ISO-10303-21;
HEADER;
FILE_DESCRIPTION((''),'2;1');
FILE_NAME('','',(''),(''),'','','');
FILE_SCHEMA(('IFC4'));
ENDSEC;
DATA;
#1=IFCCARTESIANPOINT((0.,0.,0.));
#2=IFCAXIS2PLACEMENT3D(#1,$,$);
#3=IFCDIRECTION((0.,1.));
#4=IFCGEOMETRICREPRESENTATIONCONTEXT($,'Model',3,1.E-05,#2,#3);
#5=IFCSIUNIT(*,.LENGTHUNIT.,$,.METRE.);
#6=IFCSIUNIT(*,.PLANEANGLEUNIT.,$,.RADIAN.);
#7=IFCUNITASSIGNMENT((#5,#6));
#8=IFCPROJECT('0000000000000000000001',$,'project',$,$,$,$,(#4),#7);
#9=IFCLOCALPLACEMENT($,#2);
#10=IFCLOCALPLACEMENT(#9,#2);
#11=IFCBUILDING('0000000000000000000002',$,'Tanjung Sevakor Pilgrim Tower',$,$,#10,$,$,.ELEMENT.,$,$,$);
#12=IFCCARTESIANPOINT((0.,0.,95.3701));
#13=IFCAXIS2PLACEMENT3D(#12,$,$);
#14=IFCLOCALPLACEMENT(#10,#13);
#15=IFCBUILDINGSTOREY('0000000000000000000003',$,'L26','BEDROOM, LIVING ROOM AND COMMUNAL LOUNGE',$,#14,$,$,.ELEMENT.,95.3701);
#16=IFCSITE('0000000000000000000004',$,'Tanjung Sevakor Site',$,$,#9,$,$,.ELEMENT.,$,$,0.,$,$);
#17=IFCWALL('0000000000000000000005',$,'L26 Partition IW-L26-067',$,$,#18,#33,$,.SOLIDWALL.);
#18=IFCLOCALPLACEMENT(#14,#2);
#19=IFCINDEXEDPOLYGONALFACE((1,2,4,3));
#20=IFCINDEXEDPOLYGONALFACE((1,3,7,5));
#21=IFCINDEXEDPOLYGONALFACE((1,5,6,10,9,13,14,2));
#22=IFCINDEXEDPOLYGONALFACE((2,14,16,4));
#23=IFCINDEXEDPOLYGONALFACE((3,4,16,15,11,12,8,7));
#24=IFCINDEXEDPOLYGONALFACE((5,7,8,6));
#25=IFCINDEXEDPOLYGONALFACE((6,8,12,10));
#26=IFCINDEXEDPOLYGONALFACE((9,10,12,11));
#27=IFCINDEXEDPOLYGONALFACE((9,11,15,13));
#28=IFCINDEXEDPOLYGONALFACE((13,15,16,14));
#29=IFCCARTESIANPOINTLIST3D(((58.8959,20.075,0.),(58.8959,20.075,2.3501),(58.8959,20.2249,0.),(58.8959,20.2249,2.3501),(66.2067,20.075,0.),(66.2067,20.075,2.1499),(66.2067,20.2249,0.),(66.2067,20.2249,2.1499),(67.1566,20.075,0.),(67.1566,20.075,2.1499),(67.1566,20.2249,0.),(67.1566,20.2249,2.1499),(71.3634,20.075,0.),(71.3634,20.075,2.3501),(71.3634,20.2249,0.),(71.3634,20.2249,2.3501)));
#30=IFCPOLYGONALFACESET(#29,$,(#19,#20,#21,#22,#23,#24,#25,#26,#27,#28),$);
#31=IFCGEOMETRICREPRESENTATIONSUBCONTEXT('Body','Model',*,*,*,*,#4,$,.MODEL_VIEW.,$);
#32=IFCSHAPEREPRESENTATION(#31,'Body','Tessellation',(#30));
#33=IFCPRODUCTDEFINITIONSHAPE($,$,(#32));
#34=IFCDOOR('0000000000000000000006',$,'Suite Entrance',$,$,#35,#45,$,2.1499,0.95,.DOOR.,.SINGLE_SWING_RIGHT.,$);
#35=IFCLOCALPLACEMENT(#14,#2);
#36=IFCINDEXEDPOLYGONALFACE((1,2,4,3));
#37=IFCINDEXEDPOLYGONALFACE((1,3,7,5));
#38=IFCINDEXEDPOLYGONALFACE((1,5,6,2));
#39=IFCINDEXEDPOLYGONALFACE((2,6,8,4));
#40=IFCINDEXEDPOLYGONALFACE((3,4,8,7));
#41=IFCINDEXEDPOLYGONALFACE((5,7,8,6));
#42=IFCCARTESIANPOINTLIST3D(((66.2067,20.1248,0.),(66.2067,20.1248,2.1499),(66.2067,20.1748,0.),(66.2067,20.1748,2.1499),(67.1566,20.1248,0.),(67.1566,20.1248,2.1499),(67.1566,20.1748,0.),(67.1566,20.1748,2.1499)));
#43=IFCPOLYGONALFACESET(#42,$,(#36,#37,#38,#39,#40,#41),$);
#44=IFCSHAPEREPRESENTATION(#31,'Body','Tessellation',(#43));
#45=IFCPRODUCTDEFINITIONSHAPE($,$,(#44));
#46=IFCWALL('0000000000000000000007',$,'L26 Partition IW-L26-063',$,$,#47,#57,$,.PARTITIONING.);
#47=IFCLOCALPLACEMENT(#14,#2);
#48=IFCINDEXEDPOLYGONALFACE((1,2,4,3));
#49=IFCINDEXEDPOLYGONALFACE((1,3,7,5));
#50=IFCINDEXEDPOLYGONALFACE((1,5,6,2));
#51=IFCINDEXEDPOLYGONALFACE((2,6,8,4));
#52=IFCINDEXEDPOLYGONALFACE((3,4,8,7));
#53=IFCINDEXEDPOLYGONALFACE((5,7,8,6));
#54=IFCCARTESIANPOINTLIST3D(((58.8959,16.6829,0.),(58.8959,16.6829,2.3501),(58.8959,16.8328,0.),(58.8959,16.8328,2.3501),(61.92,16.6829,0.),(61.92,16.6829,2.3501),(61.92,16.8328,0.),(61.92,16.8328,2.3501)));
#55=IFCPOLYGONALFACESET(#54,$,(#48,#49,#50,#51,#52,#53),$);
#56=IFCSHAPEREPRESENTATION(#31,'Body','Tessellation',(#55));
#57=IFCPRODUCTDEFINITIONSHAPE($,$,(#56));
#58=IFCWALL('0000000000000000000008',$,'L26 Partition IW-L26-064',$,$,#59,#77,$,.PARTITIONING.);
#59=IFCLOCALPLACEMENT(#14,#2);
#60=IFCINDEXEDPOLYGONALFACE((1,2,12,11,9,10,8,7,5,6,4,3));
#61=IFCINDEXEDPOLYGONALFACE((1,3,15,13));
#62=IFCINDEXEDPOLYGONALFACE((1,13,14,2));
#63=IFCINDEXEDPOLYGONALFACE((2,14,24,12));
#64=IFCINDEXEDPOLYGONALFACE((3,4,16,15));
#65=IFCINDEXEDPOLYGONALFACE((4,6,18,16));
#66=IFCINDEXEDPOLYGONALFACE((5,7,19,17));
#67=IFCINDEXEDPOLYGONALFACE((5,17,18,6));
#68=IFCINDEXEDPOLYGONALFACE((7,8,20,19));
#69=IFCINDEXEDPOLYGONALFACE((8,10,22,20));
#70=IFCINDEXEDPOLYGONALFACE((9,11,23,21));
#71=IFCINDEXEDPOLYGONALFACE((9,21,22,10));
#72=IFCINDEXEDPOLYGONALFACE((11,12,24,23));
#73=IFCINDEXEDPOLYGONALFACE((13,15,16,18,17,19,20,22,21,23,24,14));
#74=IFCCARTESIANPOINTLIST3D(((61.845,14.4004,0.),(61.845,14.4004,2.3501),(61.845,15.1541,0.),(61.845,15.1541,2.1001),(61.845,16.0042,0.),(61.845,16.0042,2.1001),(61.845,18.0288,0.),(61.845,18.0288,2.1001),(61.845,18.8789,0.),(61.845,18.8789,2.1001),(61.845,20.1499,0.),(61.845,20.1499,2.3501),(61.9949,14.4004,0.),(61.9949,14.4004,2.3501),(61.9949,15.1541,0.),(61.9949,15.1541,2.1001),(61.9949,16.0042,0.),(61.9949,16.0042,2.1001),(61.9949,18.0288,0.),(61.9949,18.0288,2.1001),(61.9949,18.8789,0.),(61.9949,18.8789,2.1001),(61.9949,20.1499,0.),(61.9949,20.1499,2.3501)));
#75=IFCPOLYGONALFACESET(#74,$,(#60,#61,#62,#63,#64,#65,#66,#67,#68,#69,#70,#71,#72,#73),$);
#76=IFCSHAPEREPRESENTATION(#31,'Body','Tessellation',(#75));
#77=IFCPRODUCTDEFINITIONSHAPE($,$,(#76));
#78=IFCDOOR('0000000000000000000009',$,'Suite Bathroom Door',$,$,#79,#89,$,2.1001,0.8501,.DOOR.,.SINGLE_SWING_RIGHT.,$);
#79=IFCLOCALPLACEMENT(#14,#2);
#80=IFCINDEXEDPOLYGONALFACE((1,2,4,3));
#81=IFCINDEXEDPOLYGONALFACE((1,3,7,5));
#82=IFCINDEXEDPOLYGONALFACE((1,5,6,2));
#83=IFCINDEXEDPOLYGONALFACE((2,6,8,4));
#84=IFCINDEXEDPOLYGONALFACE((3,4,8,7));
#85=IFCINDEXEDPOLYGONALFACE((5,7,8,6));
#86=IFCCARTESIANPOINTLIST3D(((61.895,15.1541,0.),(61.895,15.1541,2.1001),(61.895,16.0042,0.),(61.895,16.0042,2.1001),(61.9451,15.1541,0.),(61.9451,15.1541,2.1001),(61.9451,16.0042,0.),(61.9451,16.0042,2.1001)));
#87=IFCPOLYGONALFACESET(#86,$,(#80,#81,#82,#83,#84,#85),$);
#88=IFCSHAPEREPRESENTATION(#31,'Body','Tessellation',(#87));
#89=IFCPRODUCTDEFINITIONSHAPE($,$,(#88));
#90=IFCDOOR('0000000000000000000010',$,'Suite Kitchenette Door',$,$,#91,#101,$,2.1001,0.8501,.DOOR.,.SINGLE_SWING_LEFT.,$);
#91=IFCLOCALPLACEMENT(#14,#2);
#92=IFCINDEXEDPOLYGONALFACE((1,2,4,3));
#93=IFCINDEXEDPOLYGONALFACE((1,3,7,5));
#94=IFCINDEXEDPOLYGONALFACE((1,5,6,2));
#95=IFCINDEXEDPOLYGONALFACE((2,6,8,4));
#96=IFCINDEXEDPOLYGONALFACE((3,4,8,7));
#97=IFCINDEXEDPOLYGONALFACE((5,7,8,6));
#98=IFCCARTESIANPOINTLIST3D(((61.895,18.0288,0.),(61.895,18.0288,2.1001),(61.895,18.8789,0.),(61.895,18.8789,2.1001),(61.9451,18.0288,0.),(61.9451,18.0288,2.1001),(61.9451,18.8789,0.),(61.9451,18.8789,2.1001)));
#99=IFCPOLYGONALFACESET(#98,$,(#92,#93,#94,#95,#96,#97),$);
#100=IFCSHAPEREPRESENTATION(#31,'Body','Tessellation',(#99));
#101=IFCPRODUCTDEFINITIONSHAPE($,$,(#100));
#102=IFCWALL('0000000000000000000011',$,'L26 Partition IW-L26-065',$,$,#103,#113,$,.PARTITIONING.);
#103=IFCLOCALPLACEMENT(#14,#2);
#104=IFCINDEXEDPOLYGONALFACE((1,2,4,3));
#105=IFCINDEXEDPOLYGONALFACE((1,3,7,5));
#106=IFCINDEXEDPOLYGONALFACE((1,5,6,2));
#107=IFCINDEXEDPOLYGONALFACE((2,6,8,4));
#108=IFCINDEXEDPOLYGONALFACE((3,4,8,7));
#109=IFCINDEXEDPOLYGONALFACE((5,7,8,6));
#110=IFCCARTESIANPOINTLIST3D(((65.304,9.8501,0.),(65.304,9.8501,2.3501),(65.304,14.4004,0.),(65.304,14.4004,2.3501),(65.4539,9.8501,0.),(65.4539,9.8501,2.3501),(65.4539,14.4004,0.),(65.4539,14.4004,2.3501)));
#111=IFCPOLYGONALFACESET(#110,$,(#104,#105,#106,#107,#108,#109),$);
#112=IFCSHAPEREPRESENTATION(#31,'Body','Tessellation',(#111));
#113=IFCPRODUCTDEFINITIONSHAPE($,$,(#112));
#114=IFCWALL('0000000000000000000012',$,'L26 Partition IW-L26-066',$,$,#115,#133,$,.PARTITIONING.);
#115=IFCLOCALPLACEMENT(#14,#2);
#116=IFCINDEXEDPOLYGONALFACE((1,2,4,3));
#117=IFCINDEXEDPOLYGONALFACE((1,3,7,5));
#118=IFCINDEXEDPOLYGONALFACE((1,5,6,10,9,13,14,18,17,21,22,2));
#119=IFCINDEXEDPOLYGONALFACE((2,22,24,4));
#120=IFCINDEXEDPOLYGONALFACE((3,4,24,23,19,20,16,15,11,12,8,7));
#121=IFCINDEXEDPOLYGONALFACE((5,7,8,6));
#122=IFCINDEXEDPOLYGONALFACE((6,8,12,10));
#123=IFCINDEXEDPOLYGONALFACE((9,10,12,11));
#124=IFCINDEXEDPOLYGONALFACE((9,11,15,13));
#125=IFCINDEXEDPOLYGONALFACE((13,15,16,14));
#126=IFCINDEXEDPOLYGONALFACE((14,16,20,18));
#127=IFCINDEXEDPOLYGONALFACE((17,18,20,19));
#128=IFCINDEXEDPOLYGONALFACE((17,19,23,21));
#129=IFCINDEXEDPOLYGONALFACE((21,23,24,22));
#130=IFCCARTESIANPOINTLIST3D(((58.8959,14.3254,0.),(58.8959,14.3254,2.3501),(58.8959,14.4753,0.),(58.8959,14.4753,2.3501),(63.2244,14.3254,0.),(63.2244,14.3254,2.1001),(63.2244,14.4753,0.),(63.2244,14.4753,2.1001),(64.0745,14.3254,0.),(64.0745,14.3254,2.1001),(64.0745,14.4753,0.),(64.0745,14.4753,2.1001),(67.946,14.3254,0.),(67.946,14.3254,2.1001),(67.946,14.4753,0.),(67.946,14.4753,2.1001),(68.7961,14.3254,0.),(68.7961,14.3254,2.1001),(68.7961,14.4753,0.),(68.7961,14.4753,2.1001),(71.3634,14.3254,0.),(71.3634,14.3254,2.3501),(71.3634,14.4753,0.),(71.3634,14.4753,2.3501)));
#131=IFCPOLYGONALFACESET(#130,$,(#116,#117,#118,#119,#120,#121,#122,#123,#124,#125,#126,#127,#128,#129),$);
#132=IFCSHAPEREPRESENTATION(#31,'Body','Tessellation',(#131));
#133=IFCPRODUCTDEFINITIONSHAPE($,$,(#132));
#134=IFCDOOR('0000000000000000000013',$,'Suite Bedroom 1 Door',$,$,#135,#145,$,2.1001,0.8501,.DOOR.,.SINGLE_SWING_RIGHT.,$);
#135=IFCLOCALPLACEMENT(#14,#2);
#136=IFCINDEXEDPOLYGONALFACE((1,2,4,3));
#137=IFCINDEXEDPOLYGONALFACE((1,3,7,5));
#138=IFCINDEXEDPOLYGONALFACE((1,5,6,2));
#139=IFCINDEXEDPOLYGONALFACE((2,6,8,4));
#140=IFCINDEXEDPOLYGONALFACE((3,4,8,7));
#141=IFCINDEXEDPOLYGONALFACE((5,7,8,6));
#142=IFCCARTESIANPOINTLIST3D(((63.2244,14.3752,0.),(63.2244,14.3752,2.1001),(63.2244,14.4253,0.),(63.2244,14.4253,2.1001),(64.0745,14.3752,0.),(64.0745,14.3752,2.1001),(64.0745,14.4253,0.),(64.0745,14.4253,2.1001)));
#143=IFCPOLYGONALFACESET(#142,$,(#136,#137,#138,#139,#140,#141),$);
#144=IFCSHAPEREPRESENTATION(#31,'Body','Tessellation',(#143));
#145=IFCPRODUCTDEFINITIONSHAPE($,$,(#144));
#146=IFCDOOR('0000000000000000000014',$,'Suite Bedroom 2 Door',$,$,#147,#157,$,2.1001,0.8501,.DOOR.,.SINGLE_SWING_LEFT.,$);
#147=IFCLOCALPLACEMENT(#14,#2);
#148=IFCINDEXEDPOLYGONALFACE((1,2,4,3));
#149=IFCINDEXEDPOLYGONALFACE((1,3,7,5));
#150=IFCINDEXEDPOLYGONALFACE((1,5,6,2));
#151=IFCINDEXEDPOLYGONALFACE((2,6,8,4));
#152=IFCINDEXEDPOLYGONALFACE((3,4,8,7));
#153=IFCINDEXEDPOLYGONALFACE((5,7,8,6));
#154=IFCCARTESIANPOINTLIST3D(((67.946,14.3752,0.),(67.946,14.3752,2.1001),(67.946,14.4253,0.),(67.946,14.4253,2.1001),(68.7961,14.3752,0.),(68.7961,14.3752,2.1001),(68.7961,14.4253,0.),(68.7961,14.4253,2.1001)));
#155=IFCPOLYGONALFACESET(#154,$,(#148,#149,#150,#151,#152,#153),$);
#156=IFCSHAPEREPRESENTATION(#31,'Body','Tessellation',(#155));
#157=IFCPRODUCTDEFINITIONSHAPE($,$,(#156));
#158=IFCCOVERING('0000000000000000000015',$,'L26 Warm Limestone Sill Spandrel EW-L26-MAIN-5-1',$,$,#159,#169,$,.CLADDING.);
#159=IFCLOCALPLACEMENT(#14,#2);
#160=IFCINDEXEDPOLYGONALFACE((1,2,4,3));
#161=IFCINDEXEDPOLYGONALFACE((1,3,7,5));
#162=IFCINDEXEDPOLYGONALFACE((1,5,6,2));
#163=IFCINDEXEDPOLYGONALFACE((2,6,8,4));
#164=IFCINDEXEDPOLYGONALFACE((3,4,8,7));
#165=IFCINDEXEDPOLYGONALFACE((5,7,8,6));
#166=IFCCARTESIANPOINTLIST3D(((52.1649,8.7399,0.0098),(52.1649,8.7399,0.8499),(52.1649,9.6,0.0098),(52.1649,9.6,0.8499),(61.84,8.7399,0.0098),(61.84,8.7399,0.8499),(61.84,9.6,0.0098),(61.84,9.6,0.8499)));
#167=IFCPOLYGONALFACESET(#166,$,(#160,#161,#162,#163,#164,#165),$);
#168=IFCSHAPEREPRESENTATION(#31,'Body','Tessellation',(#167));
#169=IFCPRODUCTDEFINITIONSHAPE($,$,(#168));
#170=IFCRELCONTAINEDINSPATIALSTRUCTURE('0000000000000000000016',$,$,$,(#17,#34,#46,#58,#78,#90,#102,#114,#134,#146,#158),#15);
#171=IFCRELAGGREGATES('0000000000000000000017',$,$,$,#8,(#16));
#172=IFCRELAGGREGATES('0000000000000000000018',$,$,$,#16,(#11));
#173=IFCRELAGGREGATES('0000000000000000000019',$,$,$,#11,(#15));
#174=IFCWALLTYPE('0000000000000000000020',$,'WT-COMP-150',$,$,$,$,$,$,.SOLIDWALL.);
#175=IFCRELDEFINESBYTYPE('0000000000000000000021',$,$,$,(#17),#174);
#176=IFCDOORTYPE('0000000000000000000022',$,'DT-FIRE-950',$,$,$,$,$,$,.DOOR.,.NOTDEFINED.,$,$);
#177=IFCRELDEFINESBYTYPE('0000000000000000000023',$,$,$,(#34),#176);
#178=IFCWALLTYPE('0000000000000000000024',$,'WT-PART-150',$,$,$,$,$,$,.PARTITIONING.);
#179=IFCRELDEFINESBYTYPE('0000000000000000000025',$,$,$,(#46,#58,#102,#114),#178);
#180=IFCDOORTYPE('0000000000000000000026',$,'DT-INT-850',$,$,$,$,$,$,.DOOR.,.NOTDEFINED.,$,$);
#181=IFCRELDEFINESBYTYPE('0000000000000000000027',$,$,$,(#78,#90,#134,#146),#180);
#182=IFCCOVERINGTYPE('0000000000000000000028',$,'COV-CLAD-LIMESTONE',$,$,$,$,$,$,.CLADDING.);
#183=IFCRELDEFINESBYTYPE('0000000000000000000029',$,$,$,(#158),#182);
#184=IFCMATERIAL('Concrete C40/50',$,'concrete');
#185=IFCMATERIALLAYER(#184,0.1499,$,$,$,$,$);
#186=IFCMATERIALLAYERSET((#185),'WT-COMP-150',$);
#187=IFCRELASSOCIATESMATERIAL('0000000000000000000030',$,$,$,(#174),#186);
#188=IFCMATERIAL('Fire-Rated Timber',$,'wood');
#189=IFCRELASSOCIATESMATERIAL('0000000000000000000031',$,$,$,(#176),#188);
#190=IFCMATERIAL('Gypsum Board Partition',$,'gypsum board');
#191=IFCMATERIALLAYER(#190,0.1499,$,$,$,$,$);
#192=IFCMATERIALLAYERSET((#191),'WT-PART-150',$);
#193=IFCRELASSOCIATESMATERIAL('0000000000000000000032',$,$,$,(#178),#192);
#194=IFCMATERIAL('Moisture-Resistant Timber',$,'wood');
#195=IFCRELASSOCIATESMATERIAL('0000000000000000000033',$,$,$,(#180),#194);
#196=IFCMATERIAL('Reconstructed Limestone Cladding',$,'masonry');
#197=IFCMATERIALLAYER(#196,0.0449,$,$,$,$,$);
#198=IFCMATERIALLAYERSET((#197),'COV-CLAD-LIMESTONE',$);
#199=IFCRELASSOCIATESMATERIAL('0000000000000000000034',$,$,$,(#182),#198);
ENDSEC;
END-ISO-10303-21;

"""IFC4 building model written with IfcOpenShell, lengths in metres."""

from ifc_helpers import new_model, si_unit, direction, frame, frame_2d, origin, origin_2d, place, context, subcontext, project, spatial, rectangle, extrude, material, layer, layer_set, type_object, element, fill, save


model = new_model("IFC4")

# Units and contexts
model_context = context("Model", 3, precision=1e-05, world=origin(), true_north=direction((0.0, 1.0)))
body_context = subcontext(model_context, "Body", "Model", "MODEL_VIEW")
ifc_project = project(units=[si_unit("LENGTHUNIT", "METRE"), si_unit("PLANEANGLEUNIT", "RADIAN")], contexts=[model_context])

# Site, building, storey
site_placement = place(None, origin())
site = spatial("IfcSite", under=ifc_project, at=site_placement, Name="Tanjung Sevakor Site", CompositionType="ELEMENT", RefElevation=0.0)
building_placement = place(site_placement, origin())
building = spatial("IfcBuilding", under=site, at=building_placement, Name="Tanjung Sevakor Pilgrim Tower", CompositionType="ELEMENT")
storey_placement = place(building_placement, frame((0.0, 0.0, 95.3701)))
storey = spatial("IfcBuildingStorey", under=building, at=storey_placement, Name="L26", Description="BEDROOM, LIVING ROOM AND COMMUNAL LOUNGE", CompositionType="ELEMENT", Elevation=95.3701)

# Shared definitions
ifc_material_1 = material(Name="Concrete C40/50", Category="concrete")
ifc_layer_1 = layer(ifc_material_1, 0.1499)
ifc_layer_set_1 = layer_set([ifc_layer_1], Name="WT-COMP-150")
wall_type_1 = type_object("IfcWallType", Name="WT-COMP-150", PredefinedType="SOLIDWALL", material=ifc_layer_set_1)

# Wall, opening, door
wall_1_placement = place(storey_placement, frame((58.8958, 20.1499, 0.0), z_axis=(0.0, 0.0, 1.0), x_axis=(1.0, 0.0, 0.0)))
wall_1 = element("IfcWall", 1, at=wall_1_placement, inside=storey, type_object=wall_type_1, Name="L26 Partition IW-L26-067", PredefinedType="SOLIDWALL", context=body_context, shape_type="SweptSolid", body=[
    extrude(rectangle(XDim=12.4675, YDim=0.1499, at=frame_2d((6.2339, 0.0))), origin(), (0.0, 0.0, 1.0), 2.3501),
])
opening_1_placement = place(wall_1_placement, frame((7.3108, 0.0, 0.0)))
opening_1 = element("IfcOpeningElement", 2, at=opening_1_placement, cuts=wall_1, PredefinedType="OPENING", context=body_context, shape_type="SweptSolid", body=[
    extrude(rectangle(XDim=0.95, YDim=2.1499, at=frame_2d((0.4751, 1.075))), frame((0.0, 0.085, 0.0), z_axis=(0.0, -1.0, 0.0), x_axis=(1.0, 0.0, 0.0)), (0.0, 0.0, 1.0), 0.1699),
])
ifc_material_2 = material(Name="Fire-Rated Timber", Category="wood")
door_type_1 = type_object("IfcDoorType", Name="DT-FIRE-950", OperationType="NOTDEFINED", PredefinedType="DOOR", material=ifc_material_2)
door_1_placement = place(opening_1_placement, origin())
door_1 = element("IfcDoor", 3, at=door_1_placement, inside=storey, type_object=door_type_1, Name="Suite Entrance", OperationType="SINGLE_SWING_RIGHT", OverallHeight=2.1499, OverallWidth=0.95, PredefinedType="DOOR", context=body_context, shape_type="SweptSolid", body=[
    extrude(rectangle(XDim=0.95, YDim=2.1499, at=frame_2d((0.4751, 1.075))), frame((0.0, 0.0249, 0.0), z_axis=(0.0, -1.0, 0.0), x_axis=(1.0, 0.0, 0.0)), (0.0, 0.0, 1.0), 0.05),
])
fill(opening_1, door_1)

# Wall
ifc_material_3 = material(Name="Gypsum Board Partition", Category="gypsum board")
ifc_layer_2 = layer(ifc_material_3, 0.1499)
ifc_layer_set_2 = layer_set([ifc_layer_2], Name="WT-PART-150")
wall_type_2 = type_object("IfcWallType", Name="WT-PART-150", PredefinedType="PARTITIONING", material=ifc_layer_set_2)
wall_2_placement = place(storey_placement, frame((58.8958, 16.7578, 0.0), z_axis=(0.0, 0.0, 1.0), x_axis=(1.0, 0.0, 0.0)))
element("IfcWall", 4, at=wall_2_placement, inside=storey, type_object=wall_type_2, Name="L26 Partition IW-L26-063", PredefinedType="PARTITIONING", context=body_context, shape_type="SweptSolid", body=[
    extrude(rectangle(XDim=3.0242, YDim=0.1499, at=frame_2d((1.5122, 0.0))), origin(), (0.0, 0.0, 1.0), 2.3501),
])

# Wall, openings, doors
wall_3_placement = place(storey_placement, frame((61.9199, 14.4004, 0.0), z_axis=(0.0, 0.0, 1.0), x_axis=(0.0, 1.0, 0.0)))
wall_3 = element("IfcWall", 5, at=wall_3_placement, inside=storey, type_object=wall_type_2, Name="L26 Partition IW-L26-064", PredefinedType="PARTITIONING", context=body_context, shape_type="SweptSolid", body=[
    extrude(rectangle(XDim=5.7495, YDim=0.1499, at=frame_2d((2.8748, 0.0))), origin(), (0.0, 0.0, 1.0), 2.3501),
])
opening_2_placement = place(wall_3_placement, frame((0.7537, 0.0, 0.0)))
opening_2 = element("IfcOpeningElement", 6, at=opening_2_placement, cuts=wall_3, PredefinedType="OPENING", context=body_context, shape_type="SweptSolid", body=[
    extrude(rectangle(XDim=0.8501, YDim=2.1001, at=frame_2d((0.425, 1.05))), frame((0.0, 0.085, 0.0), z_axis=(0.0, -1.0, 0.0), x_axis=(1.0, 0.0, 0.0)), (0.0, 0.0, 1.0), 0.1699),
])
opening_3_placement = place(wall_3_placement, frame((3.6284, 0.0, 0.0)))
opening_3 = element("IfcOpeningElement", 7, at=opening_3_placement, cuts=wall_3, PredefinedType="OPENING", context=body_context, shape_type="SweptSolid", body=[
    extrude(rectangle(XDim=0.8501, YDim=2.1001, at=frame_2d((0.425, 1.05))), frame((0.0, 0.085, 0.0), z_axis=(0.0, -1.0, 0.0), x_axis=(1.0, 0.0, 0.0)), (0.0, 0.0, 1.0), 0.1699),
])
ifc_material_4 = material(Name="Moisture-Resistant Timber", Category="wood")
door_type_2 = type_object("IfcDoorType", Name="DT-INT-850", OperationType="NOTDEFINED", PredefinedType="DOOR", material=ifc_material_4)
door_2_placement = place(opening_2_placement, origin())
door_2 = element("IfcDoor", 8, at=door_2_placement, inside=storey, type_object=door_type_2, Name="Suite Bathroom Door", OperationType="SINGLE_SWING_RIGHT", OverallHeight=2.1001, OverallWidth=0.8501, PredefinedType="DOOR", context=body_context, shape_type="SweptSolid", body=[
    extrude(rectangle(XDim=0.8501, YDim=2.1001, at=frame_2d((0.425, 1.05))), frame((0.0, 0.0249, 0.0), z_axis=(0.0, -1.0, 0.0), x_axis=(1.0, 0.0, 0.0)), (0.0, 0.0, 1.0), 0.05),
])
fill(opening_2, door_2)
door_3_placement = place(opening_3_placement, origin())
door_3 = element("IfcDoor", 9, at=door_3_placement, inside=storey, type_object=door_type_2, Name="Suite Kitchenette Door", OperationType="SINGLE_SWING_LEFT", OverallHeight=2.1001, OverallWidth=0.8501, PredefinedType="DOOR", context=body_context, shape_type="SweptSolid", body=[
    extrude(rectangle(XDim=0.8501, YDim=2.1001, at=frame_2d((0.425, 1.05))), frame((0.0, 0.0249, 0.0), z_axis=(0.0, -1.0, 0.0), x_axis=(1.0, 0.0, 0.0)), (0.0, 0.0, 1.0), 0.05),
])
fill(opening_3, door_3)

# Wall
wall_4_placement = place(storey_placement, frame((65.3789, 9.8501, 0.0), z_axis=(0.0, 0.0, 1.0), x_axis=(0.0, 1.0, 0.0)))
element("IfcWall", 10, at=wall_4_placement, inside=storey, type_object=wall_type_2, Name="L26 Partition IW-L26-065", PredefinedType="PARTITIONING", context=body_context, shape_type="SweptSolid", body=[
    extrude(rectangle(XDim=4.5503, YDim=0.1499, at=frame_2d((2.2751, 0.0))), origin(), (0.0, 0.0, 1.0), 2.3501),
])

# Wall, openings, doors
wall_5_placement = place(storey_placement, frame((58.8958, 14.4004, 0.0), z_axis=(0.0, 0.0, 1.0), x_axis=(1.0, 0.0, 0.0)))
wall_5 = element("IfcWall", 11, at=wall_5_placement, inside=storey, type_object=wall_type_2, Name="L26 Partition IW-L26-066", PredefinedType="PARTITIONING", context=body_context, shape_type="SweptSolid", body=[
    extrude(rectangle(XDim=12.4675, YDim=0.1499, at=frame_2d((6.2339, 0.0))), origin(), (0.0, 0.0, 1.0), 2.3501),
])
opening_4_placement = place(wall_5_placement, frame((4.3286, 0.0, 0.0)))
opening_4 = element("IfcOpeningElement", 12, at=opening_4_placement, cuts=wall_5, PredefinedType="OPENING", context=body_context, shape_type="SweptSolid", body=[
    extrude(rectangle(XDim=0.8501, YDim=2.1001, at=frame_2d((0.425, 1.05))), frame((0.0, 0.085, 0.0), z_axis=(0.0, -1.0, 0.0), x_axis=(1.0, 0.0, 0.0)), (0.0, 0.0, 1.0), 0.1699),
])
opening_5_placement = place(wall_5_placement, frame((9.0503, 0.0, 0.0)))
opening_5 = element("IfcOpeningElement", 13, at=opening_5_placement, cuts=wall_5, PredefinedType="OPENING", context=body_context, shape_type="SweptSolid", body=[
    extrude(rectangle(XDim=0.8501, YDim=2.1001, at=frame_2d((0.425, 1.05))), frame((0.0, 0.085, 0.0), z_axis=(0.0, -1.0, 0.0), x_axis=(1.0, 0.0, 0.0)), (0.0, 0.0, 1.0), 0.1699),
])
door_4_placement = place(opening_4_placement, origin())
door_4 = element("IfcDoor", 14, at=door_4_placement, inside=storey, type_object=door_type_2, Name="Suite Bedroom 1 Door", OperationType="SINGLE_SWING_RIGHT", OverallHeight=2.1001, OverallWidth=0.8501, PredefinedType="DOOR", context=body_context, shape_type="SweptSolid", body=[
    extrude(rectangle(XDim=0.8501, YDim=2.1001, at=frame_2d((0.425, 1.05))), frame((0.0, 0.0249, 0.0), z_axis=(0.0, -1.0, 0.0), x_axis=(1.0, 0.0, 0.0)), (0.0, 0.0, 1.0), 0.05),
])
fill(opening_4, door_4)
door_5_placement = place(opening_5_placement, origin())
door_5 = element("IfcDoor", 15, at=door_5_placement, inside=storey, type_object=door_type_2, Name="Suite Bedroom 2 Door", OperationType="SINGLE_SWING_LEFT", OverallHeight=2.1001, OverallWidth=0.8501, PredefinedType="DOOR", context=body_context, shape_type="SweptSolid", body=[
    extrude(rectangle(XDim=0.8501, YDim=2.1001, at=frame_2d((0.425, 1.05))), frame((0.0, 0.0249, 0.0), z_axis=(0.0, -1.0, 0.0), x_axis=(1.0, 0.0, 0.0)), (0.0, 0.0, 1.0), 0.05),
])
fill(opening_5, door_5)

# Covering
ifc_material_5 = material(Name="Reconstructed Limestone Cladding", Category="masonry")
ifc_layer_3 = layer(ifc_material_5, 0.0449)
ifc_layer_set_3 = layer_set([ifc_layer_3], Name="COV-CLAD-LIMESTONE")
covering_type = type_object("IfcCoveringType", Name="COV-CLAD-LIMESTONE", PredefinedType="CLADDING", material=ifc_layer_set_3)
covering_placement = place(storey_placement, frame((57.0024, 9.1699, 0.0098), z_axis=(0.0, 0.0, 1.0), x_axis=(1.0, 0.0, 0.0)))
element("IfcCovering", 16, at=covering_placement, inside=storey, type_object=covering_type, Name="L26 Warm Limestone Sill Spandrel EW-L26-MAIN-5-1", PredefinedType="CLADDING", context=body_context, shape_type="SweptSolid", body=[
    extrude(rectangle(XDim=9.675, YDim=0.8601, at=origin_2d()), origin(), (0.0, 0.0, 1.0), 0.8401),
])

save(model, "model.ifc")
